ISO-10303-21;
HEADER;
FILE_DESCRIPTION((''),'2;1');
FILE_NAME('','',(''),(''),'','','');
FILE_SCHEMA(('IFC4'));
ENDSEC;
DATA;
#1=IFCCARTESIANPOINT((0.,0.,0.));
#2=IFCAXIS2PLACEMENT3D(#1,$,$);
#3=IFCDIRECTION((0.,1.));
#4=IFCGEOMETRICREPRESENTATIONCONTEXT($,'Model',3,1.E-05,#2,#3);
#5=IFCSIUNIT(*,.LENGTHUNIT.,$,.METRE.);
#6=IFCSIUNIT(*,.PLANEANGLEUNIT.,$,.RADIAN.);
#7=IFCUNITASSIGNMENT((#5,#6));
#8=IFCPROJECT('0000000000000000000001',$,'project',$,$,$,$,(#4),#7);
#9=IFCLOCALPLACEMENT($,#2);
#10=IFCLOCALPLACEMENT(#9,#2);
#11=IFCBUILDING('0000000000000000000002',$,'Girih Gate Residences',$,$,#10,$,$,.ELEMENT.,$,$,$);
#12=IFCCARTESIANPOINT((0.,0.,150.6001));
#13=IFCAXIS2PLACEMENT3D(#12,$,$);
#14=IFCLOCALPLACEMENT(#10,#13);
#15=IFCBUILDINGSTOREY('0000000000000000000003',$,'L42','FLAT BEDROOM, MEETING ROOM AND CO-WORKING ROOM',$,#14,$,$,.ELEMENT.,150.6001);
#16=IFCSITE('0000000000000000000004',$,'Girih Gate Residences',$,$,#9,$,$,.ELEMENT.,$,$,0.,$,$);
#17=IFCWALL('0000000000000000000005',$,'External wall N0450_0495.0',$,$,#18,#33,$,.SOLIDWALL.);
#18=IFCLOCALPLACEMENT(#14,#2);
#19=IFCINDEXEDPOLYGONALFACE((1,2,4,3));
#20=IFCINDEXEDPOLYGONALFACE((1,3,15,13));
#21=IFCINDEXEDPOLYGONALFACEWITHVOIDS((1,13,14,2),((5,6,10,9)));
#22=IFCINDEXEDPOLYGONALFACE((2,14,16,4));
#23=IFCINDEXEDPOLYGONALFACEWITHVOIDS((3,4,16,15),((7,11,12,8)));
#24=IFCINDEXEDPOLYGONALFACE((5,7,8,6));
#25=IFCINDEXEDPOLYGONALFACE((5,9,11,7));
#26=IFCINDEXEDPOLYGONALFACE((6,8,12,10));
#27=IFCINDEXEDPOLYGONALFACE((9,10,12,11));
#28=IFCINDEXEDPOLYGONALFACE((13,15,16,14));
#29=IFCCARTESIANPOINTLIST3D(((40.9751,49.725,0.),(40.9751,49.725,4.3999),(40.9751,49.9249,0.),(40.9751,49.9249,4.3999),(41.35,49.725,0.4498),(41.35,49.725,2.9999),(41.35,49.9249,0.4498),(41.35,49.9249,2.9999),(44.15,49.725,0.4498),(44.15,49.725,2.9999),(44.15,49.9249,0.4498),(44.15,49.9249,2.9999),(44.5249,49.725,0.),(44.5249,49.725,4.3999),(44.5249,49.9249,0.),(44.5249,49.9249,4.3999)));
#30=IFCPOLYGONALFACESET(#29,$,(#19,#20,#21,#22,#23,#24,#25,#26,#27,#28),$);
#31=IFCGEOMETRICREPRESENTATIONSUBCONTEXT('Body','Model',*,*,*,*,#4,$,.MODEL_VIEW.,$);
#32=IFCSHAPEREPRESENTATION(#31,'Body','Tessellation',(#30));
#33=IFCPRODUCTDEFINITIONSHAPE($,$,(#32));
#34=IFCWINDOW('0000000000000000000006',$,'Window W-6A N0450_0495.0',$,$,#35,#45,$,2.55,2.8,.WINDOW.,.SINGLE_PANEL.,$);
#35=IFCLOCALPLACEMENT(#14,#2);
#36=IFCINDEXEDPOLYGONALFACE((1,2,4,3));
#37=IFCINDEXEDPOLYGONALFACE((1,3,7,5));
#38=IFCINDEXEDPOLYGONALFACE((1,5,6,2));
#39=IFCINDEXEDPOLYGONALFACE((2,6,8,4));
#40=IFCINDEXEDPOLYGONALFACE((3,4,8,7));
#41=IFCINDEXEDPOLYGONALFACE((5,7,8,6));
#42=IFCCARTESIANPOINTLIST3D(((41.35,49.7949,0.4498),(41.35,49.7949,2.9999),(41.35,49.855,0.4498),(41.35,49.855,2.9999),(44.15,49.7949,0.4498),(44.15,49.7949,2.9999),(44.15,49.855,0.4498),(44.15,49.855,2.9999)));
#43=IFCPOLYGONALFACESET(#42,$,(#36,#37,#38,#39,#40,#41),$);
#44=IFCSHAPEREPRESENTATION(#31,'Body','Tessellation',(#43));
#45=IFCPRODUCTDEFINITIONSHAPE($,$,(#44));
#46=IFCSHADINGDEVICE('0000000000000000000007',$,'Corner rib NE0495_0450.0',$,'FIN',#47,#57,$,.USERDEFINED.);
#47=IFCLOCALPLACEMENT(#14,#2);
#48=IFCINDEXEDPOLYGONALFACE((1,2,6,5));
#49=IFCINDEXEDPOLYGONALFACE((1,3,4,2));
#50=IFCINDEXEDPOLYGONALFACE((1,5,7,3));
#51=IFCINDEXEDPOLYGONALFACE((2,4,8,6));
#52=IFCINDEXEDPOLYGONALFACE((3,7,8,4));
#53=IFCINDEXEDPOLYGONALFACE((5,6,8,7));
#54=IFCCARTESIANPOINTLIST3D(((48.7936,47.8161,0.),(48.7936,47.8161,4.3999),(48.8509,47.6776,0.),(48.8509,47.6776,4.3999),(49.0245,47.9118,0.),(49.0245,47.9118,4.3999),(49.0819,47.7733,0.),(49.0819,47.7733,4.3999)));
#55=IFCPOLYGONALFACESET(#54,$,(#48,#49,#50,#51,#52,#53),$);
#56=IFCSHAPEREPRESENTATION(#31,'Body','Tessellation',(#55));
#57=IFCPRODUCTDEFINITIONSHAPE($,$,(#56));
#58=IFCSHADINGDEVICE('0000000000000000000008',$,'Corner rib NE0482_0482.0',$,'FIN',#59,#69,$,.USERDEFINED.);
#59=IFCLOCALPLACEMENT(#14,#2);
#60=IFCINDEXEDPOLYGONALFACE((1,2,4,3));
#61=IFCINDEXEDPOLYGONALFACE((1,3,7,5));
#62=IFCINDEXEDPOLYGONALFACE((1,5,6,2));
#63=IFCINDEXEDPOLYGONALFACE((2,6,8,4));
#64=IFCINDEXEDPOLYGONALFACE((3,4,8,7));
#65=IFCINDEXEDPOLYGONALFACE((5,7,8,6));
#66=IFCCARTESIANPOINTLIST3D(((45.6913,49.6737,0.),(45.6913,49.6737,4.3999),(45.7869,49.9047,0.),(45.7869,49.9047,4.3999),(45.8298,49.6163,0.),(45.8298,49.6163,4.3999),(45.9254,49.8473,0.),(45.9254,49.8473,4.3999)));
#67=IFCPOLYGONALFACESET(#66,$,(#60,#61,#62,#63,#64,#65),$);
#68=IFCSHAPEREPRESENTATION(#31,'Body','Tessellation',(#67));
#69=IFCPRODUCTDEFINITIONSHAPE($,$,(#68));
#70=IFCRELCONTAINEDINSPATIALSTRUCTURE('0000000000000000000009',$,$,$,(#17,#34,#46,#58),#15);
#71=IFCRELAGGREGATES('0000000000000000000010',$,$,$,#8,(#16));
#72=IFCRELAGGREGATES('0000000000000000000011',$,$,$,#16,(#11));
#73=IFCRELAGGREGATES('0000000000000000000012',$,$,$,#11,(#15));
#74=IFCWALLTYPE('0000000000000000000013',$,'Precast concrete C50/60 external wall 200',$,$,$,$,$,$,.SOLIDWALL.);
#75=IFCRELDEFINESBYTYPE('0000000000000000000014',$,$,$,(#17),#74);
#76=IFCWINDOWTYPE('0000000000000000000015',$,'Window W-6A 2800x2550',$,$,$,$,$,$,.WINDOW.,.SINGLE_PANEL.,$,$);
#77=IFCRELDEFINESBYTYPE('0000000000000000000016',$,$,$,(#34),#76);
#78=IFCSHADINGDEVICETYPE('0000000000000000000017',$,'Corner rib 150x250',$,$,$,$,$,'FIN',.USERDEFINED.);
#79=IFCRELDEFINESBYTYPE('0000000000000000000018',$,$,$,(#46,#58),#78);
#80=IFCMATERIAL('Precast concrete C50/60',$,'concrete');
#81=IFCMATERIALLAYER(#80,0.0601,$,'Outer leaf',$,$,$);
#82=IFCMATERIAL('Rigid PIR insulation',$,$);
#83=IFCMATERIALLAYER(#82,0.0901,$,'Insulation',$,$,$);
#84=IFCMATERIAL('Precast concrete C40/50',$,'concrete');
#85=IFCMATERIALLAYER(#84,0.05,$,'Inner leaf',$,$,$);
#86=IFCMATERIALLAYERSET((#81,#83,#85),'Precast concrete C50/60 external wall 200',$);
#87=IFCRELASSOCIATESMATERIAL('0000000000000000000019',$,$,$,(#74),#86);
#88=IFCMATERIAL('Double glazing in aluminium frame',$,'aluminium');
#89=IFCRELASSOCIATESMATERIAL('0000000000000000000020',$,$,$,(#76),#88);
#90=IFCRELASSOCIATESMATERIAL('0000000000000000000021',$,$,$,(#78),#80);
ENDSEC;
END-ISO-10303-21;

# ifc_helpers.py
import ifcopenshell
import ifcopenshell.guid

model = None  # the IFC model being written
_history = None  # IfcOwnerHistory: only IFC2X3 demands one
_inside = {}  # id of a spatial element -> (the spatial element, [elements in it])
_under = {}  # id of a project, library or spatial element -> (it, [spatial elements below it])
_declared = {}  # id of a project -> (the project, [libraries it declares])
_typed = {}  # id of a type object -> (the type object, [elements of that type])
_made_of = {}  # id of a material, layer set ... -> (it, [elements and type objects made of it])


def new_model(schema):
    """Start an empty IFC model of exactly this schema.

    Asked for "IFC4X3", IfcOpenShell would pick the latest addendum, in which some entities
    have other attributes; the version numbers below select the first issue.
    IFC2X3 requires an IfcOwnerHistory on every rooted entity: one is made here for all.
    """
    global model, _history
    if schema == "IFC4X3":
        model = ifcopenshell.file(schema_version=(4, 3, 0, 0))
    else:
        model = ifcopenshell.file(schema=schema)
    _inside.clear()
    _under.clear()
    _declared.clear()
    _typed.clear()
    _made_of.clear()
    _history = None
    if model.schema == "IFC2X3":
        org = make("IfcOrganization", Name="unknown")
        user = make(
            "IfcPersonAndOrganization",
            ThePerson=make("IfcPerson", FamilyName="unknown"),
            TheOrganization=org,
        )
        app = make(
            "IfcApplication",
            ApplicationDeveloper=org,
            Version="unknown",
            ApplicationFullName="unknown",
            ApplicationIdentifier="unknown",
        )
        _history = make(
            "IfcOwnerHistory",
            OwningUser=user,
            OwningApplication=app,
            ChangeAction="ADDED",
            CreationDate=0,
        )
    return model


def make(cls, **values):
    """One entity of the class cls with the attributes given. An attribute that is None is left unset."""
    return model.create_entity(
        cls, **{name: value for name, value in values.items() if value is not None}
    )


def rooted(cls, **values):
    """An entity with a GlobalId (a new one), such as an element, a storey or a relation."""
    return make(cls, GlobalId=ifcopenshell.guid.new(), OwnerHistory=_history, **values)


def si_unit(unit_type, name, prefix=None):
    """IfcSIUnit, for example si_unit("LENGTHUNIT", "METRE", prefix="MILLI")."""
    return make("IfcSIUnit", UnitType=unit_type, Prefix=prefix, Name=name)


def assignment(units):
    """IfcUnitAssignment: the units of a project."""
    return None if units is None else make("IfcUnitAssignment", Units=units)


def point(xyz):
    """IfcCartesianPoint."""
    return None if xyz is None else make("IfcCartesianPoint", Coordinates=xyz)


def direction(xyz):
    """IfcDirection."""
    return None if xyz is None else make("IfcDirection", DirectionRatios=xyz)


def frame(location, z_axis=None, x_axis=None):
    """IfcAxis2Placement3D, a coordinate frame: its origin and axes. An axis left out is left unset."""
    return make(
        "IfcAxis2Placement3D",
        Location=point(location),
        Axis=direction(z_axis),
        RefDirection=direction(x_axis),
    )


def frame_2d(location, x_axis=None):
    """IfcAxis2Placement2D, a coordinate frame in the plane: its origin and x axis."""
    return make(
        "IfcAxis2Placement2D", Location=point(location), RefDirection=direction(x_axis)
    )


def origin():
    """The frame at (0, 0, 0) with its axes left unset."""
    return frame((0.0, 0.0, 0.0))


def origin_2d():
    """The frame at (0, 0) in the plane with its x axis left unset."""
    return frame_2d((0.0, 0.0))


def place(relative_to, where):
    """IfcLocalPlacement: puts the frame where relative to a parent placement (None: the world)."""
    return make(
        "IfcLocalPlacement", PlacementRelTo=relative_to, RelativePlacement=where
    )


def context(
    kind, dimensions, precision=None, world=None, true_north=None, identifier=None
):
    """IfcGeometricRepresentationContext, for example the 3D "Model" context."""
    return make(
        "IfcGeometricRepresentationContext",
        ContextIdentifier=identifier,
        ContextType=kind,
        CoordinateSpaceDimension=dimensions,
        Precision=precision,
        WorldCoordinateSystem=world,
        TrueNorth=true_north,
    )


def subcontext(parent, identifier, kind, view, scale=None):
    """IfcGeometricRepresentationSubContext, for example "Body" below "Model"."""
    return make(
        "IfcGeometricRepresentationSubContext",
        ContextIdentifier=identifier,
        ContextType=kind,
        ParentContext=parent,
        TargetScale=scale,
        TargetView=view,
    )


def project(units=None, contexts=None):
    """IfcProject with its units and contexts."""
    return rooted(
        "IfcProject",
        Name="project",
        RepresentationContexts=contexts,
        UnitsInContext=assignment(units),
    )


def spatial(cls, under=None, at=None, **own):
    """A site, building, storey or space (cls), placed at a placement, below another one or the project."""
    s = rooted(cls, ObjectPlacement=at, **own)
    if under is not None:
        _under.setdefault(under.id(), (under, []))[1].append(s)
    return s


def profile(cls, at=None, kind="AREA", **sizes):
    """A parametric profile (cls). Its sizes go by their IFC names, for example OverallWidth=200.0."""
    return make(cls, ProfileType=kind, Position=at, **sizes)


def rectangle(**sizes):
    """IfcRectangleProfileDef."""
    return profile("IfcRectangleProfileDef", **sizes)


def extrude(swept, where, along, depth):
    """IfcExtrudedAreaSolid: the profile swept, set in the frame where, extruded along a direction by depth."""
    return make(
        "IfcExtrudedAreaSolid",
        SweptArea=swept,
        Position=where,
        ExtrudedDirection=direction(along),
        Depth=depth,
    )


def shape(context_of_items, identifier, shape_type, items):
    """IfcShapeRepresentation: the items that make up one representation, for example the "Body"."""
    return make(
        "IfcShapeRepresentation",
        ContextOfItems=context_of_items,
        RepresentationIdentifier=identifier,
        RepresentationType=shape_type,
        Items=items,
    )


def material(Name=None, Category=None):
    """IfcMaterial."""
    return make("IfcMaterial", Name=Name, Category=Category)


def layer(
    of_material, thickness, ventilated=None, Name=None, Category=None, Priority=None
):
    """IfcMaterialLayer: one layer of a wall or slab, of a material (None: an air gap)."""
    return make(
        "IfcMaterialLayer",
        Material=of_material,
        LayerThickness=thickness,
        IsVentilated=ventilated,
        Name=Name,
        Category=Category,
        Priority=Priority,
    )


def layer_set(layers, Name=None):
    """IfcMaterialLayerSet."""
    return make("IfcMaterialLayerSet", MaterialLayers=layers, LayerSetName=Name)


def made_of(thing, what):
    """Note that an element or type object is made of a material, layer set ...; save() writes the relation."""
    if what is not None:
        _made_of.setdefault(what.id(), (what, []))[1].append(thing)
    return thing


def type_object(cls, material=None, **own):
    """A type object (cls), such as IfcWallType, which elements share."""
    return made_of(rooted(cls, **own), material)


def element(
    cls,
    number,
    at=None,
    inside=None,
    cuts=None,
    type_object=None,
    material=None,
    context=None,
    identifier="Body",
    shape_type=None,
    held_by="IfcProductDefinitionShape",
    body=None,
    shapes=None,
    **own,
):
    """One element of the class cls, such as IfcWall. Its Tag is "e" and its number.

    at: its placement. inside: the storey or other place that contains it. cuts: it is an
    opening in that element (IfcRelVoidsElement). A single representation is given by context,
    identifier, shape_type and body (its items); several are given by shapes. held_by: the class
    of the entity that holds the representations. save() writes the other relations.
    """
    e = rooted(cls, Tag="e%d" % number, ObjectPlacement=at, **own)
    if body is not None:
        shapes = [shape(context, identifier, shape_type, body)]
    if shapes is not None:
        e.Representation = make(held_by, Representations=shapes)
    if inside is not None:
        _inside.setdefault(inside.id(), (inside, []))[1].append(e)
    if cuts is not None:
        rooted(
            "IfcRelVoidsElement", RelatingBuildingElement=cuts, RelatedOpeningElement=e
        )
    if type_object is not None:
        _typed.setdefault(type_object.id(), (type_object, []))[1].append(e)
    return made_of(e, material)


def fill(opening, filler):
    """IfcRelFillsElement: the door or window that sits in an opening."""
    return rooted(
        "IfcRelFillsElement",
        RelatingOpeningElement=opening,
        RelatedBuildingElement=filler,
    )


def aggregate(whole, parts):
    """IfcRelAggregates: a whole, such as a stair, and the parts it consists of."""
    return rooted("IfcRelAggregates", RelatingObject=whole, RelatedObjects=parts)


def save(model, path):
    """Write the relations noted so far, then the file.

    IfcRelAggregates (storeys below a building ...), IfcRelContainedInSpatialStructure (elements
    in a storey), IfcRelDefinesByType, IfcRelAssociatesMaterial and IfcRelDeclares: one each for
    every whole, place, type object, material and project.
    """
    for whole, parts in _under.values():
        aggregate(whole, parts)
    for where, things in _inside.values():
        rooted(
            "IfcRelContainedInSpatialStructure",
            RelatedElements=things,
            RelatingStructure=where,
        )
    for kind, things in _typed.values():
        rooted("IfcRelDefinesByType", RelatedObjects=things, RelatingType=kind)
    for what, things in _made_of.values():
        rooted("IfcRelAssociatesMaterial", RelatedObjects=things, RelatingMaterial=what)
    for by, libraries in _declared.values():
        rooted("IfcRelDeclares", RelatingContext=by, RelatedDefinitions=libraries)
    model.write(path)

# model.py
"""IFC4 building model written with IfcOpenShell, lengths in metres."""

from ifc_helpers import new_model, si_unit, direction, frame, frame_2d, origin, origin_2d, place, context, subcontext, project, spatial, rectangle, extrude, material, layer, layer_set, type_object, element, fill, save


model = new_model("IFC4")

# Units and contexts
model_context = context("Model", 3, precision=1e-05, world=origin(), true_north=direction((0.0, 1.0)))
body_context = subcontext(model_context, "Body", "Model", "MODEL_VIEW")
ifc_project = project(units=[si_unit("LENGTHUNIT", "METRE"), si_unit("PLANEANGLEUNIT", "RADIAN")], contexts=[model_context])

# Site, building, storey
site_placement = place(None, origin())
site = spatial("IfcSite", under=ifc_project, at=site_placement, Name="Girih Gate Residences", CompositionType="ELEMENT", RefElevation=0.0)
building_placement = place(site_placement, origin())
building = spatial("IfcBuilding", under=site, at=building_placement, Name="Girih Gate Residences", CompositionType="ELEMENT")
storey_placement = place(building_placement, frame((0.0, 0.0, 150.6001)))
storey = spatial("IfcBuildingStorey", under=building, at=storey_placement, Name="L42", Description="FLAT BEDROOM, MEETING ROOM AND CO-WORKING ROOM", CompositionType="ELEMENT", Elevation=150.6001)

# Wall, opening, window
ifc_material_1 = material(Name="Precast concrete C50/60", Category="concrete")
ifc_layer_1 = layer(ifc_material_1, 0.0601, Name="Outer leaf")
ifc_material_2 = material(Name="Rigid PIR insulation")
ifc_layer_2 = layer(ifc_material_2, 0.0901, Name="Insulation")
ifc_material_3 = material(Name="Precast concrete C40/50", Category="concrete")
ifc_layer_3 = layer(ifc_material_3, 0.05, Name="Inner leaf")
ifc_layer_set_1 = layer_set([ifc_layer_1, ifc_layer_2, ifc_layer_3], Name="Precast concrete C50/60 external wall 200")
wall_type_1 = type_object("IfcWallType", Name="Precast concrete C50/60 external wall 200", PredefinedType="SOLIDWALL", material=ifc_layer_set_1)
ifc_material_4 = material(Name="Double glazing in aluminium frame", Category="aluminium")
wall_1_placement = place(storey_placement, frame((40.9751, 49.825, 0.0), z_axis=(0.0, 0.0, 1.0), x_axis=(1.0, 0.0, 0.0)))
wall_1 = element("IfcWall", 1, at=wall_1_placement, inside=storey, type_object=wall_type_1, Name="External wall N0450_0495.0", PredefinedType="SOLIDWALL", context=body_context, shape_type="SweptSolid", body=[
    extrude(rectangle(XDim=3.5498, YDim=0.2, at=frame_2d((1.7749, 0.0))), origin(), (0.0, 0.0, 1.0), 4.3999),
])
opening_1_placement = place(wall_1_placement, frame((0.375, 0.0, 0.45)))
opening_1 = element("IfcOpeningElement", 2, at=opening_1_placement, cuts=wall_1, PredefinedType="OPENING", context=body_context, shape_type="SweptSolid", body=[
    extrude(rectangle(XDim=2.8, YDim=2.55, at=frame_2d((1.3999, 1.2749))), frame((0.0, 0.1099, 0.0), z_axis=(0.0, -1.0, 0.0), x_axis=(1.0, 0.0, 0.0)), (0.0, 0.0, 1.0), 0.22),
])
window_type_1 = type_object("IfcWindowType", Name="Window W-6A 2800x2550", PartitioningType="SINGLE_PANEL", PredefinedType="WINDOW", material=ifc_material_4)
window_1_placement = place(opening_1_placement, origin())
window_1 = element("IfcWindow", 3, at=window_1_placement, inside=storey, type_object=window_type_1, Name="Window W-6A N0450_0495.0", OverallHeight=2.55, OverallWidth=2.8, PartitioningType="SINGLE_PANEL", PredefinedType="WINDOW", context=body_context, shape_type="SweptSolid", body=[
    extrude(rectangle(XDim=2.8, YDim=2.55, at=frame_2d((1.3999, 1.2749))), frame((0.0, 0.03, 0.0), z_axis=(0.0, -1.0, 0.0), x_axis=(1.0, 0.0, 0.0)), (0.0, 0.0, 1.0), 0.0601),
])
fill(opening_1, window_1)

# Shading devices
shading_device_type = type_object("IfcShadingDeviceType", Name="Corner rib 150x250", ElementType="FIN", PredefinedType="USERDEFINED", material=ifc_material_1)
for number, where, z_axis, x_axis, name in (
    (4, (48.9377, 47.7947, 0.0), (0.0, 0.0, 1.0), (-0.382683, 0.92388, 0.0), "Corner rib NE0495_0450.0"),
    (5, (45.8083, 49.7605, 0.0), (0.0, 0.0, 1.0), (-0.92388, 0.382683, 0.0), "Corner rib NE0482_0482.0"),
):
    element("IfcShadingDevice", number, at=place(storey_placement, frame(where, z_axis=z_axis, x_axis=x_axis)), inside=storey, type_object=shading_device_type, Name=name, ObjectType="FIN", PredefinedType="USERDEFINED", context=body_context, shape_type="SweptSolid", body=[
        extrude(rectangle(XDim=0.1499, YDim=0.25, at=origin_2d()), origin(), (0.0, 0.0, 1.0), 4.3999),
    ])

save(model, "model.ifc")
